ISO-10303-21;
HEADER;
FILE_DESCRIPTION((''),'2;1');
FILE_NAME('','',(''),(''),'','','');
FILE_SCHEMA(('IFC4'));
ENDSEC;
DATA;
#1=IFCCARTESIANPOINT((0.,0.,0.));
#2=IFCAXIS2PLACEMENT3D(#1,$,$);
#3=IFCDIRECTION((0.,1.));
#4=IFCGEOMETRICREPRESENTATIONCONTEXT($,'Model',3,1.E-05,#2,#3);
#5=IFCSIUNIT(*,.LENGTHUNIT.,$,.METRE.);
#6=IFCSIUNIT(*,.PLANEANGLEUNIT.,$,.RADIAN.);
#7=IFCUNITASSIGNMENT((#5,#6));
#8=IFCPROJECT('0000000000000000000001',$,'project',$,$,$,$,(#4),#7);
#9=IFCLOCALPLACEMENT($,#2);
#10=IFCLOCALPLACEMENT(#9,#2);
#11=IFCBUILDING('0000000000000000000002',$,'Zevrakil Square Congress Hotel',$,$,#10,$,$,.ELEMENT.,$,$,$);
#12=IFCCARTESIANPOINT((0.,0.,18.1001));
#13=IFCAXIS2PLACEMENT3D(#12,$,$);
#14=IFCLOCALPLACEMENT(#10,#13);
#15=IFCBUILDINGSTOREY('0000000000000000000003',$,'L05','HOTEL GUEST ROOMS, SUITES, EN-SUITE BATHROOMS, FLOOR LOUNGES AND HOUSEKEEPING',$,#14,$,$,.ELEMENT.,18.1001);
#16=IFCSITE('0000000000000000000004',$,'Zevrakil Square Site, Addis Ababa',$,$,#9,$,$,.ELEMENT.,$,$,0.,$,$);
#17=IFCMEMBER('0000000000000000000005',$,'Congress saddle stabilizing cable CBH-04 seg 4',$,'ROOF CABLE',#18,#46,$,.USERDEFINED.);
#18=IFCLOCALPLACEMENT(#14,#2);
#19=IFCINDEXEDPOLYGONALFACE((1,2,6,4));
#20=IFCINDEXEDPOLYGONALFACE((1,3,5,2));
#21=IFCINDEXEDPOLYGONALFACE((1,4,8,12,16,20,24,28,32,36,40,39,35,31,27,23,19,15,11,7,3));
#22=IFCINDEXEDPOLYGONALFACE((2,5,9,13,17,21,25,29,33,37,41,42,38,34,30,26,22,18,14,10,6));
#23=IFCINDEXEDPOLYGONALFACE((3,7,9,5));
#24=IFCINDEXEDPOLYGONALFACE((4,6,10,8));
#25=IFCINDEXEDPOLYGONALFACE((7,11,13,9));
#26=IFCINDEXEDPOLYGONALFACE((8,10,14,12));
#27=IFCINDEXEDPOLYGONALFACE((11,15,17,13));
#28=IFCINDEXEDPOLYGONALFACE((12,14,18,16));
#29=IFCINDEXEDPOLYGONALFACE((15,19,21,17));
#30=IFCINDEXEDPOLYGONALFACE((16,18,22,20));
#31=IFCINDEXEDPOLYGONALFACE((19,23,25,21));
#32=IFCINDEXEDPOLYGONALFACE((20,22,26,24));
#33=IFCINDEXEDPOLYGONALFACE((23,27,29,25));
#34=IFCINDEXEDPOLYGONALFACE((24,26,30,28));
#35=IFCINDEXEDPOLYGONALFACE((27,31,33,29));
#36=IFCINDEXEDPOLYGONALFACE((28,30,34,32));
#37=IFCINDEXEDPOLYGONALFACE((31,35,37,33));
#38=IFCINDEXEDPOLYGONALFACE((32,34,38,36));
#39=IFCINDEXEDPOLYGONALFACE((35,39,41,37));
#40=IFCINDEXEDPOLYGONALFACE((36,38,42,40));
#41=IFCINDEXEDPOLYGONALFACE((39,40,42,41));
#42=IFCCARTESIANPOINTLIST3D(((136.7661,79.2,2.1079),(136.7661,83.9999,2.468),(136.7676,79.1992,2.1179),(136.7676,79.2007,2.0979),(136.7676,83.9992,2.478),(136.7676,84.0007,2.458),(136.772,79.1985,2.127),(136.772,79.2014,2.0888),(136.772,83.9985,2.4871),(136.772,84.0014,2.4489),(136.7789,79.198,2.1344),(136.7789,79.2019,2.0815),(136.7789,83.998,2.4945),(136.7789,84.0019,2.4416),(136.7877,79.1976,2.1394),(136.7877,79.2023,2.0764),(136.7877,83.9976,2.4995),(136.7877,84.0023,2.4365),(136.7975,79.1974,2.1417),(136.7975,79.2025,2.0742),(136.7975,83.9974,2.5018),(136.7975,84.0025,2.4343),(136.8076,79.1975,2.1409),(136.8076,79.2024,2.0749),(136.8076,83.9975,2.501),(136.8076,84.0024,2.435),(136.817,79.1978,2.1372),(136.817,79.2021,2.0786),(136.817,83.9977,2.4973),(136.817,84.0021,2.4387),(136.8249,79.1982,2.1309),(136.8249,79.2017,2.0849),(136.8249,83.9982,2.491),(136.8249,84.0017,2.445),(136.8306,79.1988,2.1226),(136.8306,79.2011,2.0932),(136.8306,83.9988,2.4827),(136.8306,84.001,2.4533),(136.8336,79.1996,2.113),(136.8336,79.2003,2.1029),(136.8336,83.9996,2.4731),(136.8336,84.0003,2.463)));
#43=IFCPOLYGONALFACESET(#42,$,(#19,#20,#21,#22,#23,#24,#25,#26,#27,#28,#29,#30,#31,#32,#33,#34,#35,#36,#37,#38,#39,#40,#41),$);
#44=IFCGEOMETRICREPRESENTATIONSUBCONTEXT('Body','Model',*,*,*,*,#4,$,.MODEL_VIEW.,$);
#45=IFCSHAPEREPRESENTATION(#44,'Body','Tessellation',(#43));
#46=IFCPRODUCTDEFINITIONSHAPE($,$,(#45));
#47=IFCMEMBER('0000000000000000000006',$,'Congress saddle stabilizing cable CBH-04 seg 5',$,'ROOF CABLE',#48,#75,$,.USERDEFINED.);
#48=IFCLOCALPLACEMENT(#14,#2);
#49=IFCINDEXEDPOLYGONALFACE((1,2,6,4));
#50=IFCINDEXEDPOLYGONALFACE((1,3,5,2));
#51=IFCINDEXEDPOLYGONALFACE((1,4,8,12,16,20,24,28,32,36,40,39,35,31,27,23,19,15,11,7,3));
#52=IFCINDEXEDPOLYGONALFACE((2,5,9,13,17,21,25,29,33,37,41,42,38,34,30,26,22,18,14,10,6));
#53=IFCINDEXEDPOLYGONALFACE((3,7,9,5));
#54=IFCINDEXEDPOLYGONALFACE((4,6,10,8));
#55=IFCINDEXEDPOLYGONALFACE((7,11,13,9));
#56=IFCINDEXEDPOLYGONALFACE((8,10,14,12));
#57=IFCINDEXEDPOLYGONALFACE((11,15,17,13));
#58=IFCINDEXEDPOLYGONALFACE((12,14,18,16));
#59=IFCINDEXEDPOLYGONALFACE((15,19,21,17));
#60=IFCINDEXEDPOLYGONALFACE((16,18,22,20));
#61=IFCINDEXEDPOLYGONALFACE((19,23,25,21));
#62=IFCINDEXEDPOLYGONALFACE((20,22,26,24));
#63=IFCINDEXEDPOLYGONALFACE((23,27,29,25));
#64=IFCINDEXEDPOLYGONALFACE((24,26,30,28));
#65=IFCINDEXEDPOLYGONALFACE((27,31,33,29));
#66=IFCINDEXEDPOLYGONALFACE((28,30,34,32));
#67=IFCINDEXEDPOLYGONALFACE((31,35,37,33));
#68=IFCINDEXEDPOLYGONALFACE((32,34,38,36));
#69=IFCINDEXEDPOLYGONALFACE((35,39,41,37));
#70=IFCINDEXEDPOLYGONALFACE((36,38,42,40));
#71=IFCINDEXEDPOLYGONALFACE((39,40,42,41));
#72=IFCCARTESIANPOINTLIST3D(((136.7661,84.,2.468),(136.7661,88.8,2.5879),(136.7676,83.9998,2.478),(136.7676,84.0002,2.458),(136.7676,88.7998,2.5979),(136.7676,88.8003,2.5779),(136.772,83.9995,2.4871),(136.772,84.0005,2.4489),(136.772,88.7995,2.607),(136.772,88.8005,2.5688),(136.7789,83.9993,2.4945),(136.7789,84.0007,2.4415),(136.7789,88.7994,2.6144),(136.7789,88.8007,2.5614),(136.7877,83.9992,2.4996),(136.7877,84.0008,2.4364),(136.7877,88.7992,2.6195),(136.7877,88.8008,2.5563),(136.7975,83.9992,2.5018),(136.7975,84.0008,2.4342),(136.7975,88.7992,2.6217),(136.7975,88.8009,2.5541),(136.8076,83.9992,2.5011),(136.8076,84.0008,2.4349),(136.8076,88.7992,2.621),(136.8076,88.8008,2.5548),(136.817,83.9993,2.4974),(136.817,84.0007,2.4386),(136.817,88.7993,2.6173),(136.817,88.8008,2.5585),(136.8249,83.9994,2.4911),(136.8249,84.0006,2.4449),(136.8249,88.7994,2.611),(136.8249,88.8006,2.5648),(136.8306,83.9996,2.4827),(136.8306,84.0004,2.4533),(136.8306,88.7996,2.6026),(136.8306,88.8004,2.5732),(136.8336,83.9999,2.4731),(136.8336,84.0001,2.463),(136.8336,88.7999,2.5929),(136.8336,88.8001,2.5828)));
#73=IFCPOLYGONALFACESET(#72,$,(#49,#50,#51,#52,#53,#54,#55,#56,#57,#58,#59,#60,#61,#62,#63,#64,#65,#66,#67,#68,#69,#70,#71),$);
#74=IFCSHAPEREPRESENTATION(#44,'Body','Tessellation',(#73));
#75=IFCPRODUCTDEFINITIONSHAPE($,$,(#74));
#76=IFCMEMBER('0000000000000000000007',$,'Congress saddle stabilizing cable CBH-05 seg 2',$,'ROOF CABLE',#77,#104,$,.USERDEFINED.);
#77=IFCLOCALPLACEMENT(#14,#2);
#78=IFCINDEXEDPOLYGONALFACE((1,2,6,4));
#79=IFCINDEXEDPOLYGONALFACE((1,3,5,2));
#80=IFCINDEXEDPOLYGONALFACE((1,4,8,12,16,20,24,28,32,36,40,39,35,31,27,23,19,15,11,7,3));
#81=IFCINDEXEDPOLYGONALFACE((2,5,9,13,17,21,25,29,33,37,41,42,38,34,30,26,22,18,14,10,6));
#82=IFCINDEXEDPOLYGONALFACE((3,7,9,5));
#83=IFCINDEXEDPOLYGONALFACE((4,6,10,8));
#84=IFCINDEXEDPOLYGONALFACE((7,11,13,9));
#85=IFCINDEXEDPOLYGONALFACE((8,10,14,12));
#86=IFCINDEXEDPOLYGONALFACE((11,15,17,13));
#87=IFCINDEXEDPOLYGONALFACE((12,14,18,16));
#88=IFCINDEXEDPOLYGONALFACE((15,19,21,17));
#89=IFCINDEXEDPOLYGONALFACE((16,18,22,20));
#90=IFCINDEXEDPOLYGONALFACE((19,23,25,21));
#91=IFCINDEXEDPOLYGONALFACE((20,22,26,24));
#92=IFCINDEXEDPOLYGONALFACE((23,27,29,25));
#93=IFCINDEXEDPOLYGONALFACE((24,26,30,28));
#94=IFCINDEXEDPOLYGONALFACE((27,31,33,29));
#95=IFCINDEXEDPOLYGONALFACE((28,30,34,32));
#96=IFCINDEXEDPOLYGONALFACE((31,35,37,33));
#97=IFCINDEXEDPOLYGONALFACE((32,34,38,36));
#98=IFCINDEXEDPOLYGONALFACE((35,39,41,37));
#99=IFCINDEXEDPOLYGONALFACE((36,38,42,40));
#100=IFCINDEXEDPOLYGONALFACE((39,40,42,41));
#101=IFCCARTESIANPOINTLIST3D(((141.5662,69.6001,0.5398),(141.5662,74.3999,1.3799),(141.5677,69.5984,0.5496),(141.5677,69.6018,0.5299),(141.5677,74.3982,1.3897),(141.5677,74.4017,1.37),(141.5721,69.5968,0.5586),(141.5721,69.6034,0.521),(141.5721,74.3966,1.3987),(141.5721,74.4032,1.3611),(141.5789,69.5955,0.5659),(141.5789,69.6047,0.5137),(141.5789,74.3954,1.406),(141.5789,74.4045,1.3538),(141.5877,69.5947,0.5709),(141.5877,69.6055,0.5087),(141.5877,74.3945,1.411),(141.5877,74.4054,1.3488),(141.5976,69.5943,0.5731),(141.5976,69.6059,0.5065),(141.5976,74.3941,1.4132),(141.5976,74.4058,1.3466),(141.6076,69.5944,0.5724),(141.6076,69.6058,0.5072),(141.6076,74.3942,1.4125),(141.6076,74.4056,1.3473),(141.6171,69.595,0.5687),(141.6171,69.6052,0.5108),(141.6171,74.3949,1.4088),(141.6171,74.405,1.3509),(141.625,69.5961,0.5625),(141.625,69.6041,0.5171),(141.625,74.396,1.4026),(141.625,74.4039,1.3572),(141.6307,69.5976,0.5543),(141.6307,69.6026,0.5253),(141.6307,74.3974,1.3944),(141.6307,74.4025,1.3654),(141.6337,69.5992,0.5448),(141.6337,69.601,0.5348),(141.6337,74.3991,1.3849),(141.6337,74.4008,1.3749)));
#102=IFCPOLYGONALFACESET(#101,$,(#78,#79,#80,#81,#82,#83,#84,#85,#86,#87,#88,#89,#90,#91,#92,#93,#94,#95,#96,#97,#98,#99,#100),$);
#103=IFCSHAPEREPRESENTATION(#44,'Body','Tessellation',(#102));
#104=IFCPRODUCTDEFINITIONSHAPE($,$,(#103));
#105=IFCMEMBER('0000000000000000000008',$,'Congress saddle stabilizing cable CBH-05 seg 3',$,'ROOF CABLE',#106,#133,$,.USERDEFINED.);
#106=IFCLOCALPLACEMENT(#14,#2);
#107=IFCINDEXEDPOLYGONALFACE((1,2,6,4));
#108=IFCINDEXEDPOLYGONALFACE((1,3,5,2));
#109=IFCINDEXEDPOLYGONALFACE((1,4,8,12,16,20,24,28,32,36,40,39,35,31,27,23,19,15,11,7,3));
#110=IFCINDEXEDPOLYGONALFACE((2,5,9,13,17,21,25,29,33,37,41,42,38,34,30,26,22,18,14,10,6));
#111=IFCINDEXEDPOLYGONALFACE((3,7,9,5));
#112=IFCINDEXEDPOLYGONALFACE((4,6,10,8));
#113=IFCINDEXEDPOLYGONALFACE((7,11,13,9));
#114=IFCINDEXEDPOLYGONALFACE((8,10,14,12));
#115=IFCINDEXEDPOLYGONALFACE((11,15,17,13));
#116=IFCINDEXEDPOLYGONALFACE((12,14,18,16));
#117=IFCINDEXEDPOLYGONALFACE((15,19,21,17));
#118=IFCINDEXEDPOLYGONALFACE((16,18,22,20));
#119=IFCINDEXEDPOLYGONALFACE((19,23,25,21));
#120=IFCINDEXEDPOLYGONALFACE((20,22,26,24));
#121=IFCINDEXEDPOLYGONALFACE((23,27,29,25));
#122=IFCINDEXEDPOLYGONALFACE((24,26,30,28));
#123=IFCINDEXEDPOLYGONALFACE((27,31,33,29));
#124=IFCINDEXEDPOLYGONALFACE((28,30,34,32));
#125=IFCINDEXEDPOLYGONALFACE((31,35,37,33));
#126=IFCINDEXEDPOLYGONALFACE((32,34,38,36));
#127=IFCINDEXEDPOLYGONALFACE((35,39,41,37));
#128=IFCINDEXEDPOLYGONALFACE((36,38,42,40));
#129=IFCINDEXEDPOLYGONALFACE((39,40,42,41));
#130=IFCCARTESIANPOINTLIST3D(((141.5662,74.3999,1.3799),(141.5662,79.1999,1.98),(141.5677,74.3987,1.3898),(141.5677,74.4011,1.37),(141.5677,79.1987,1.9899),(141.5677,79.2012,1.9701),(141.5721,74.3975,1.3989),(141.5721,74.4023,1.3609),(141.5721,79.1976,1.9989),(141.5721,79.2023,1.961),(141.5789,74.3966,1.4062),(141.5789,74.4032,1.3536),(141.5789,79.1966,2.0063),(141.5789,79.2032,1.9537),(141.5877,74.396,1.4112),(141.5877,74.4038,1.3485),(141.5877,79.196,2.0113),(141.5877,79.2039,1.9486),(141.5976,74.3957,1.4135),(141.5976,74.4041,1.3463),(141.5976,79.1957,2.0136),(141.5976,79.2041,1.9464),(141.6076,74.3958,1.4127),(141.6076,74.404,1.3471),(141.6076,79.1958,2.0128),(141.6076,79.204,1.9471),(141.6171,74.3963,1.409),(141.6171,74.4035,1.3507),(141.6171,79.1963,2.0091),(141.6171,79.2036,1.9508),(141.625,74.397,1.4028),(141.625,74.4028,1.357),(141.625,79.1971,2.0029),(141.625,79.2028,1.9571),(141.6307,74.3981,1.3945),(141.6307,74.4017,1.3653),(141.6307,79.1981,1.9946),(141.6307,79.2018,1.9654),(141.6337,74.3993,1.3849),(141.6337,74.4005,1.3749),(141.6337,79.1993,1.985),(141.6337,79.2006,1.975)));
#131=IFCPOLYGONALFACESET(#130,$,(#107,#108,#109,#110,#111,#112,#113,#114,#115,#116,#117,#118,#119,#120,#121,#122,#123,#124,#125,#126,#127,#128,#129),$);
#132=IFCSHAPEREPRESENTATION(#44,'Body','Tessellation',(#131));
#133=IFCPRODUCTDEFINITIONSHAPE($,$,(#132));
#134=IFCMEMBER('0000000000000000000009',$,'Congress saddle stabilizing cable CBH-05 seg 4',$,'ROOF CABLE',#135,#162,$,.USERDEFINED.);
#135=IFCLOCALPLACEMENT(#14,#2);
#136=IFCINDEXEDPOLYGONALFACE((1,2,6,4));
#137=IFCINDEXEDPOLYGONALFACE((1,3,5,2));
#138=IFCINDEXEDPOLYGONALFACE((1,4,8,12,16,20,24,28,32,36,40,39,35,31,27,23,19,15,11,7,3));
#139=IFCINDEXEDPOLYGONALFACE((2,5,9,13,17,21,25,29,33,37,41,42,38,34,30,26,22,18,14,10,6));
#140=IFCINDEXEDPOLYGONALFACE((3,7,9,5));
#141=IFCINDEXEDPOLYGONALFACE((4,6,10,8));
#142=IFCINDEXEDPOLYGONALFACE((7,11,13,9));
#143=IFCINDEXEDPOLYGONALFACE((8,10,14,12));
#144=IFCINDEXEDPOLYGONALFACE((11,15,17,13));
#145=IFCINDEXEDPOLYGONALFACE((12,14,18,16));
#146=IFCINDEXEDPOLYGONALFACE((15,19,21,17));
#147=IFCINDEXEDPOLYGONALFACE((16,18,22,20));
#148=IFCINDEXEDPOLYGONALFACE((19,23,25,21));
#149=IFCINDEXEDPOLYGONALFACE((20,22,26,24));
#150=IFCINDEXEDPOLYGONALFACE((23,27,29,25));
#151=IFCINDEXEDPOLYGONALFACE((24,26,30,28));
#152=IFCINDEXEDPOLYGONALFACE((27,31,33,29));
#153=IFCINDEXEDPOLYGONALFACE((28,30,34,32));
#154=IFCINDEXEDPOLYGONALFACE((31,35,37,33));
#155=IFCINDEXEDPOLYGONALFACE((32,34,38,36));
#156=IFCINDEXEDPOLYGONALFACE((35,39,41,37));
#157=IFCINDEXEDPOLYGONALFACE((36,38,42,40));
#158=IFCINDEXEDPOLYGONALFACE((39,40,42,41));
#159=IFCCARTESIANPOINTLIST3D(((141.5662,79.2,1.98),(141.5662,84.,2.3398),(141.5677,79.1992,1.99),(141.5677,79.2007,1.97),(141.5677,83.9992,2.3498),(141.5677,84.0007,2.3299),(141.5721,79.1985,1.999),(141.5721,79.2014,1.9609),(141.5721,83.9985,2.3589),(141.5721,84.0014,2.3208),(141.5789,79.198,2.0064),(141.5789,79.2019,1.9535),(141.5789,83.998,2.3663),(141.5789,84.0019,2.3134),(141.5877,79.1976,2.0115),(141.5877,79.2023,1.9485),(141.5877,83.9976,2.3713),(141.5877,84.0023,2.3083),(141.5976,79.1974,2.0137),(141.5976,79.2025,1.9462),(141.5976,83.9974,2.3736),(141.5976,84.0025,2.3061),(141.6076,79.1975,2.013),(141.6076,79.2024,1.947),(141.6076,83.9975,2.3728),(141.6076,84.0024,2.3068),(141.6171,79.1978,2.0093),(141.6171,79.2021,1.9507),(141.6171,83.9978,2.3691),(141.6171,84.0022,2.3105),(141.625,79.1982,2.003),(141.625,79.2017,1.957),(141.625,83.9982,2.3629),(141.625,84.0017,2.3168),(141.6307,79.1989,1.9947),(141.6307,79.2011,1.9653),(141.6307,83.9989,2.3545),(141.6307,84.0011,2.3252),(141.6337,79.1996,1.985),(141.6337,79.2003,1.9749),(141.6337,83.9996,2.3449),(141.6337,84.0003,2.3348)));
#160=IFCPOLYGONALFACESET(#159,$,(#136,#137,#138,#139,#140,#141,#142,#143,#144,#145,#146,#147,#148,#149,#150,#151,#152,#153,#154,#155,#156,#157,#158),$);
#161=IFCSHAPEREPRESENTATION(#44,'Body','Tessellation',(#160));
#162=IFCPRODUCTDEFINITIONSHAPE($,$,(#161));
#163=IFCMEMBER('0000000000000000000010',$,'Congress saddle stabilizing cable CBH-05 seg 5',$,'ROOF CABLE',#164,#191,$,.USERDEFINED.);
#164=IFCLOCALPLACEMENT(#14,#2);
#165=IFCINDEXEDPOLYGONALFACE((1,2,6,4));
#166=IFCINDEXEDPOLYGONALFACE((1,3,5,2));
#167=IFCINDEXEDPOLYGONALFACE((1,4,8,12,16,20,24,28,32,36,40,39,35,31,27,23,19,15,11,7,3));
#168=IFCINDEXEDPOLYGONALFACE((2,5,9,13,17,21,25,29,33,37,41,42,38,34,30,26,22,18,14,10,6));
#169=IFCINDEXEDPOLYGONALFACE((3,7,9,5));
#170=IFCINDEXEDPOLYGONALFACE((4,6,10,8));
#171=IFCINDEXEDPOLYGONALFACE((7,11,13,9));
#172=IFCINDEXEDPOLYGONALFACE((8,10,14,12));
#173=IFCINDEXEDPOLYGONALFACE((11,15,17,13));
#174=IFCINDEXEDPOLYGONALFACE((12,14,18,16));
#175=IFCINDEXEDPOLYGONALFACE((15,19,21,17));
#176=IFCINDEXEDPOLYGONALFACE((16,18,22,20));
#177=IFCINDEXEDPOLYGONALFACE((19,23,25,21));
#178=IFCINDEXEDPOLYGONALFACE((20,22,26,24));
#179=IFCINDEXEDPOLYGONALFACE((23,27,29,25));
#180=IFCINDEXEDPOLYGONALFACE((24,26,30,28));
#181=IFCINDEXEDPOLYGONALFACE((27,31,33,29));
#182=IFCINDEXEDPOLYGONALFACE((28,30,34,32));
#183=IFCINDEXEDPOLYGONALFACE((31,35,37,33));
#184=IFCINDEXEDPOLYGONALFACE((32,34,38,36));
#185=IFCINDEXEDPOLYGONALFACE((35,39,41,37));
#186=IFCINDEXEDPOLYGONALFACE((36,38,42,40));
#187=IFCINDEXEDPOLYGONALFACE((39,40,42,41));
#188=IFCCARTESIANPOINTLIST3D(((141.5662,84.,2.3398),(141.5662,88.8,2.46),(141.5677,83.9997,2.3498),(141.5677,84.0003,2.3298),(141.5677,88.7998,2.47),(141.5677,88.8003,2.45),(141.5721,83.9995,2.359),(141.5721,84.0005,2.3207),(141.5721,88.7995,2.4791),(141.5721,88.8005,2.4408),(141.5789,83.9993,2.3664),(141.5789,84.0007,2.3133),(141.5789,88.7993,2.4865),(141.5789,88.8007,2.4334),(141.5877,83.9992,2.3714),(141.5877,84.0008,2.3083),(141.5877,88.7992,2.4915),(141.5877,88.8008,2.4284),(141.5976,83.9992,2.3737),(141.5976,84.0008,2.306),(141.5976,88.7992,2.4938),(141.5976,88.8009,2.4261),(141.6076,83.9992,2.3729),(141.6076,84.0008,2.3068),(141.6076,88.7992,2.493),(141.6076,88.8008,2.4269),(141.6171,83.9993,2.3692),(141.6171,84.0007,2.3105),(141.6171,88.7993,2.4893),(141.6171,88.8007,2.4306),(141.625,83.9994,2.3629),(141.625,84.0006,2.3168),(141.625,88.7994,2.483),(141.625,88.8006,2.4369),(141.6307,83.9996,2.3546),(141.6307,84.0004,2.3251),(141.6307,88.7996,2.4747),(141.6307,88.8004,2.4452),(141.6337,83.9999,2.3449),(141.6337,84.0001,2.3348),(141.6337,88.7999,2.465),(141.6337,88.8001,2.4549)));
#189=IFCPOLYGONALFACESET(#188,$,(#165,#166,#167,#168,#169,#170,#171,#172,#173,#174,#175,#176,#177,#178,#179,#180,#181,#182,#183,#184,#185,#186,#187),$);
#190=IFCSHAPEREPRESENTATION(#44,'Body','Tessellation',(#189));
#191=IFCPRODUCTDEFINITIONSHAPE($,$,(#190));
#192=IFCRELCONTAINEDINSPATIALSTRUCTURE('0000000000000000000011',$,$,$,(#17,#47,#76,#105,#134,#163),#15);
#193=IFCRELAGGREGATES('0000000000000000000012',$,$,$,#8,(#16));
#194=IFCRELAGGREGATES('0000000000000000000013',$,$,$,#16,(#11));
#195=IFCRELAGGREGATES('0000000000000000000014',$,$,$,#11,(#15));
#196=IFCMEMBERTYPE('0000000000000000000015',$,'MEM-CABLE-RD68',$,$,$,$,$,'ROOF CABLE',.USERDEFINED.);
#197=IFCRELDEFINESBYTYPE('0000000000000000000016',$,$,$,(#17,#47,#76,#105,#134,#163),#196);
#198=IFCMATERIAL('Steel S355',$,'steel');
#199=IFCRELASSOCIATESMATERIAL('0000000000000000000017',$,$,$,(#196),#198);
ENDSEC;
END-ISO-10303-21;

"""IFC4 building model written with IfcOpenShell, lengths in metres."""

from ifc_helpers import new_model, si_unit, direction, frame, origin, origin_2d, place, context, subcontext, project, spatial, circle, extrude, material, material_profile, profile_set, type_object, element, save


model = new_model("IFC4")

# Units and contexts
model_context = context("Model", 3, precision=1e-05, world=origin(), true_north=direction((0.0, 1.0)))
body_context = subcontext(model_context, "Body", "Model", "MODEL_VIEW")
ifc_project = project(units=[si_unit("LENGTHUNIT", "METRE"), si_unit("PLANEANGLEUNIT", "RADIAN")], contexts=[model_context])

# Site, building, storey
site_placement = place(None, origin())
site = spatial("IfcSite", under=ifc_project, at=site_placement, Name="Zevrakil Square Site, Addis Ababa", CompositionType="ELEMENT", RefElevation=0.0)
building_placement = place(site_placement, origin())
building = spatial("IfcBuilding", under=site, at=building_placement, Name="Zevrakil Square Congress Hotel", CompositionType="ELEMENT")
storey_placement = place(building_placement, frame((0.0, 0.0, 18.1001)))
storey = spatial("IfcBuildingStorey", under=building, at=storey_placement, Name="L05", Description="HOTEL GUEST ROOMS, SUITES, EN-SUITE BATHROOMS, FLOOR LOUNGES AND HOUSEKEEPING", CompositionType="ELEMENT", Elevation=18.1001)

# Members
ifc_material_1 = material(Name="Steel S355", Category="steel")
ifc_material_profile_1 = material_profile(ifc_material_1, circle(Radius=0.0339, at=origin_2d()), Name="CABLE RD68")
ifc_profile_set_1 = profile_set([ifc_material_profile_1], Name="Steel S355")
member_type_1 = type_object("IfcMemberType", Name="MEM-CABLE-RD68", ElementType="ROOF CABLE", PredefinedType="USERDEFINED", material=ifc_profile_set_1)
member_1_placement = place(storey_placement, frame((136.8, 79.2, 2.1079), z_axis=(0.0, 0.997198, 0.074811), x_axis=(-1.0, 0.0, 0.0)))
element("IfcMember", 1, at=member_1_placement, inside=storey, type_object=member_type_1, Name="Congress saddle stabilizing cable CBH-04 seg 4", ObjectType="ROOF CABLE", PredefinedType="USERDEFINED", context=body_context, shape_type="SweptSolid", body=[
    extrude(circle(Radius=0.0339, at=origin_2d()), origin(), (0.0, 0.0, 1.0), 4.8135),
])
member_2_placement = place(storey_placement, frame((136.8, 84.0, 2.468), z_axis=(0.0, 0.999688, 0.024966), x_axis=(-1.0, 0.0, 0.0)))
element("IfcMember", 2, at=member_2_placement, inside=storey, type_object=member_type_1, Name="Congress saddle stabilizing cable CBH-04 seg 5", ObjectType="ROOF CABLE", PredefinedType="USERDEFINED", context=body_context, shape_type="SweptSolid", body=[
    extrude(circle(Radius=0.0339, at=origin_2d()), origin(), (0.0, 0.0, 1.0), 4.8015),
])
member_3_placement = place(storey_placement, frame((141.6001, 69.6001, 0.5398), z_axis=(0.0, 0.985026, 0.172405), x_axis=(-1.0, 0.0, 0.0)))
element("IfcMember", 3, at=member_3_placement, inside=storey, type_object=member_type_1, Name="Congress saddle stabilizing cable CBH-05 seg 2", ObjectType="ROOF CABLE", PredefinedType="USERDEFINED", context=body_context, shape_type="SweptSolid", body=[
    extrude(circle(Radius=0.0339, at=origin_2d()), origin(), (0.0, 0.0, 1.0), 4.8728),
])
member_4_placement = place(storey_placement, frame((141.6001, 74.3999, 1.3799), z_axis=(0.0, 0.992276, 0.124053), x_axis=(-1.0, 0.0, 0.0)))
element("IfcMember", 4, at=member_4_placement, inside=storey, type_object=member_type_1, Name="Congress saddle stabilizing cable CBH-05 seg 3", ObjectType="ROOF CABLE", PredefinedType="USERDEFINED", context=body_context, shape_type="SweptSolid", body=[
    extrude(circle(Radius=0.0339, at=origin_2d()), origin(), (0.0, 0.0, 1.0), 4.8374),
])
member_5_placement = place(storey_placement, frame((141.6001, 79.2, 1.98), z_axis=(0.0, 0.997201, 0.074761), x_axis=(-1.0, 0.0, 0.0)))
element("IfcMember", 5, at=member_5_placement, inside=storey, type_object=member_type_1, Name="Congress saddle stabilizing cable CBH-05 seg 4", ObjectType="ROOF CABLE", PredefinedType="USERDEFINED", context=body_context, shape_type="SweptSolid", body=[
    extrude(circle(Radius=0.0339, at=origin_2d()), origin(), (0.0, 0.0, 1.0), 4.8135),
])
member_6_placement = place(storey_placement, frame((141.6001, 84.0, 2.3398), z_axis=(0.0, 0.999687, 0.025016), x_axis=(-1.0, 0.0, 0.0)))
element("IfcMember", 6, at=member_6_placement, inside=storey, type_object=member_type_1, Name="Congress saddle stabilizing cable CBH-05 seg 5", ObjectType="ROOF CABLE", PredefinedType="USERDEFINED", context=body_context, shape_type="SweptSolid", body=[
    extrude(circle(Radius=0.0339, at=origin_2d()), origin(), (0.0, 0.0, 1.0), 4.8015),
])

save(model, "model.ifc")
